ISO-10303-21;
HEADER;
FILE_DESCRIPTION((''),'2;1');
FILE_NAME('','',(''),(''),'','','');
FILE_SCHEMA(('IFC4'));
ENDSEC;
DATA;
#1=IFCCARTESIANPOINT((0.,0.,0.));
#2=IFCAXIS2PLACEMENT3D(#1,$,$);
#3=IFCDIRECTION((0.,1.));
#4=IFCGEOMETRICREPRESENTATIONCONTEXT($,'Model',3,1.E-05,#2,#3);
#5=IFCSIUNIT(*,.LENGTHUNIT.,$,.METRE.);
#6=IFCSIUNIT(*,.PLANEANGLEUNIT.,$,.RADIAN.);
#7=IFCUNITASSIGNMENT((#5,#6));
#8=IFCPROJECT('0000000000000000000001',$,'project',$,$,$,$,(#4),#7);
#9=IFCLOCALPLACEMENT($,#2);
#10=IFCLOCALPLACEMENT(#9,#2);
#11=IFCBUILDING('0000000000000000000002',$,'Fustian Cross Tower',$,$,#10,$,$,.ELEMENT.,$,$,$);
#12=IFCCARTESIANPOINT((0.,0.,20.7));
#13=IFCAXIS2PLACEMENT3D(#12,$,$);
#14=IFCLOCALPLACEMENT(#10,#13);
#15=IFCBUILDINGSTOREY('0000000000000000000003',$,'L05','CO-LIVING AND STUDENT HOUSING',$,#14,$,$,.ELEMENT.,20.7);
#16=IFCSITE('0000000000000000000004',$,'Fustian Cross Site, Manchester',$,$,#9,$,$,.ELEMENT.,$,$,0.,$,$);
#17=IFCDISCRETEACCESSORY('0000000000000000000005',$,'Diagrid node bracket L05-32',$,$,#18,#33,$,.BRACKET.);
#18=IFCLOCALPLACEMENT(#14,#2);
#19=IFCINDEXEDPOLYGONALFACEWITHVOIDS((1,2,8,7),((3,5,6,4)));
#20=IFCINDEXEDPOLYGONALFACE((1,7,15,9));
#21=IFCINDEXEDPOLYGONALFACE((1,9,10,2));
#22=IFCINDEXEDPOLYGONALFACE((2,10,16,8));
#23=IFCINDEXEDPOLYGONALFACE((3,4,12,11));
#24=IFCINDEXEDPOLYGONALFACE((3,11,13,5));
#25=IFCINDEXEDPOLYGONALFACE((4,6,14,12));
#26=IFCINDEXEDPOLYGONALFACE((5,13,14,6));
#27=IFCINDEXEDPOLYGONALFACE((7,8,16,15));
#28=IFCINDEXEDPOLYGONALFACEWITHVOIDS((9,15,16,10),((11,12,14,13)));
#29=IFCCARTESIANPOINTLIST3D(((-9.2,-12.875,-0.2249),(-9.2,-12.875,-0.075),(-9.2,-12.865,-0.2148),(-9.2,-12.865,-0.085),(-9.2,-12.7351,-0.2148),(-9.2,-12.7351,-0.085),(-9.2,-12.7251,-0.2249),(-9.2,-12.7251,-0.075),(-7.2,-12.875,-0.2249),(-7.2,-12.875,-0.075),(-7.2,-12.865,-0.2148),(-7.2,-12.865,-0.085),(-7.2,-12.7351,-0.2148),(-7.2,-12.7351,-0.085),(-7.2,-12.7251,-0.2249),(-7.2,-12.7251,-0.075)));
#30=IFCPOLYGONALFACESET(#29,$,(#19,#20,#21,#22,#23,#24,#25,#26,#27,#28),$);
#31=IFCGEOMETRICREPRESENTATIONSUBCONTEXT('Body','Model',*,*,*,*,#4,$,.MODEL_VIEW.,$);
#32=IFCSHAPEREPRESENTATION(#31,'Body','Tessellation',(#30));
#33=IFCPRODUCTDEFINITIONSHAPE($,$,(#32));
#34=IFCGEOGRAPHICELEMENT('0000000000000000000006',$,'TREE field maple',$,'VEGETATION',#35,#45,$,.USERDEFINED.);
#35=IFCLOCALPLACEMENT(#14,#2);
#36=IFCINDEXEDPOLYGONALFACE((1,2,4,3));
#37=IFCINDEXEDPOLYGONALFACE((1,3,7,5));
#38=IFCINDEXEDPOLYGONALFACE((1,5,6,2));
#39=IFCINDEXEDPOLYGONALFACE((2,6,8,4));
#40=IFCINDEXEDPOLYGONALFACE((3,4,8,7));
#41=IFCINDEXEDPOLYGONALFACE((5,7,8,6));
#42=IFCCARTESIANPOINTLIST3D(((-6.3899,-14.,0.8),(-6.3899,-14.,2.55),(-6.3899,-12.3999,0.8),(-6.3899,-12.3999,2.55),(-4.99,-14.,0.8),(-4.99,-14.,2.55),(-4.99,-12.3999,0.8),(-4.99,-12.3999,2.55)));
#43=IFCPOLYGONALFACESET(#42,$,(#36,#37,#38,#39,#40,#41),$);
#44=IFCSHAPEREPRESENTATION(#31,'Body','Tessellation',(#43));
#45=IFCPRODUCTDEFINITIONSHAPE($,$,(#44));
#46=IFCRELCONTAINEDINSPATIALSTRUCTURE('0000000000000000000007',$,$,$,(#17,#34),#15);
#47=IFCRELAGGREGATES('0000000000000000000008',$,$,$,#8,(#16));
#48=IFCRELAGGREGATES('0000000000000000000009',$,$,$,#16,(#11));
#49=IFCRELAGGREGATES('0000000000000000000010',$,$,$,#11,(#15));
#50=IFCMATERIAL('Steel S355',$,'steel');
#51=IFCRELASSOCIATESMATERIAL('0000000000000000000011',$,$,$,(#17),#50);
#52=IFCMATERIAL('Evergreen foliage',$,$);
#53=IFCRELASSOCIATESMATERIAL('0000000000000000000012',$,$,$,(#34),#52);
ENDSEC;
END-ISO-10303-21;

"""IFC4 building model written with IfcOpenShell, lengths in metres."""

from ifc_helpers import new_model, si_unit, direction, frame, origin, origin_2d, place, context, subcontext, project, spatial, rectangle, hollow_rectangle, extrude, material, element, save


model = new_model("IFC4")

# Units and contexts
model_context = context("Model", 3, precision=1e-05, world=origin(), true_north=direction((0.0, 1.0)))
body_context = subcontext(model_context, "Body", "Model", "MODEL_VIEW")
ifc_project = project(units=[si_unit("LENGTHUNIT", "METRE"), si_unit("PLANEANGLEUNIT", "RADIAN")], contexts=[model_context])

# Site, building, storey
site_placement = place(None, origin())
site = spatial("IfcSite", under=ifc_project, at=site_placement, Name="Fustian Cross Site, Manchester", CompositionType="ELEMENT", RefElevation=0.0)
building_placement = place(site_placement, origin())
building = spatial("IfcBuilding", under=site, at=building_placement, Name="Fustian Cross Tower", CompositionType="ELEMENT")
storey_placement = place(building_placement, frame((0.0, 0.0, 20.7)))
storey = spatial("IfcBuildingStorey", under=building, at=storey_placement, Name="L05", Description="CO-LIVING AND STUDENT HOUSING", CompositionType="ELEMENT", Elevation=20.7)

# Discrete accessory
ifc_material_1 = material(Name="Steel S355", Category="steel")
discrete_accessory_placement = place(storey_placement, frame((-9.2, -12.8, -0.1499), z_axis=(1.0, 0.0, 0.0), x_axis=(0.0, 1.0, 0.0)))
element("IfcDiscreteAccessory", 1, at=discrete_accessory_placement, inside=storey, material=ifc_material_1, Name="Diagrid node bracket L05-32", PredefinedType="BRACKET", context=body_context, shape_type="SweptSolid", body=[
    extrude(hollow_rectangle(XDim=0.1499, YDim=0.1499, WallThickness=0.01, at=origin_2d()), origin(), (0.0, 0.0, 1.0), 2.0),
])

# Geographic element
ifc_material_2 = material(Name="Evergreen foliage")
geographic_element_placement = place(storey_placement, frame((-5.6899, -13.2, 0.8), z_axis=(0.0, 0.0, 1.0), x_axis=(1.0, 0.0, 0.0)))
element("IfcGeographicElement", 2, at=geographic_element_placement, inside=storey, material=ifc_material_2, Name="TREE field maple", ObjectType="VEGETATION", PredefinedType="USERDEFINED", context=body_context, shape_type="SweptSolid", body=[
    extrude(rectangle(XDim=1.3999, YDim=1.6001, at=origin_2d()), origin(), (0.0, 0.0, 1.0), 1.75),
])

save(model, "model.ifc")
